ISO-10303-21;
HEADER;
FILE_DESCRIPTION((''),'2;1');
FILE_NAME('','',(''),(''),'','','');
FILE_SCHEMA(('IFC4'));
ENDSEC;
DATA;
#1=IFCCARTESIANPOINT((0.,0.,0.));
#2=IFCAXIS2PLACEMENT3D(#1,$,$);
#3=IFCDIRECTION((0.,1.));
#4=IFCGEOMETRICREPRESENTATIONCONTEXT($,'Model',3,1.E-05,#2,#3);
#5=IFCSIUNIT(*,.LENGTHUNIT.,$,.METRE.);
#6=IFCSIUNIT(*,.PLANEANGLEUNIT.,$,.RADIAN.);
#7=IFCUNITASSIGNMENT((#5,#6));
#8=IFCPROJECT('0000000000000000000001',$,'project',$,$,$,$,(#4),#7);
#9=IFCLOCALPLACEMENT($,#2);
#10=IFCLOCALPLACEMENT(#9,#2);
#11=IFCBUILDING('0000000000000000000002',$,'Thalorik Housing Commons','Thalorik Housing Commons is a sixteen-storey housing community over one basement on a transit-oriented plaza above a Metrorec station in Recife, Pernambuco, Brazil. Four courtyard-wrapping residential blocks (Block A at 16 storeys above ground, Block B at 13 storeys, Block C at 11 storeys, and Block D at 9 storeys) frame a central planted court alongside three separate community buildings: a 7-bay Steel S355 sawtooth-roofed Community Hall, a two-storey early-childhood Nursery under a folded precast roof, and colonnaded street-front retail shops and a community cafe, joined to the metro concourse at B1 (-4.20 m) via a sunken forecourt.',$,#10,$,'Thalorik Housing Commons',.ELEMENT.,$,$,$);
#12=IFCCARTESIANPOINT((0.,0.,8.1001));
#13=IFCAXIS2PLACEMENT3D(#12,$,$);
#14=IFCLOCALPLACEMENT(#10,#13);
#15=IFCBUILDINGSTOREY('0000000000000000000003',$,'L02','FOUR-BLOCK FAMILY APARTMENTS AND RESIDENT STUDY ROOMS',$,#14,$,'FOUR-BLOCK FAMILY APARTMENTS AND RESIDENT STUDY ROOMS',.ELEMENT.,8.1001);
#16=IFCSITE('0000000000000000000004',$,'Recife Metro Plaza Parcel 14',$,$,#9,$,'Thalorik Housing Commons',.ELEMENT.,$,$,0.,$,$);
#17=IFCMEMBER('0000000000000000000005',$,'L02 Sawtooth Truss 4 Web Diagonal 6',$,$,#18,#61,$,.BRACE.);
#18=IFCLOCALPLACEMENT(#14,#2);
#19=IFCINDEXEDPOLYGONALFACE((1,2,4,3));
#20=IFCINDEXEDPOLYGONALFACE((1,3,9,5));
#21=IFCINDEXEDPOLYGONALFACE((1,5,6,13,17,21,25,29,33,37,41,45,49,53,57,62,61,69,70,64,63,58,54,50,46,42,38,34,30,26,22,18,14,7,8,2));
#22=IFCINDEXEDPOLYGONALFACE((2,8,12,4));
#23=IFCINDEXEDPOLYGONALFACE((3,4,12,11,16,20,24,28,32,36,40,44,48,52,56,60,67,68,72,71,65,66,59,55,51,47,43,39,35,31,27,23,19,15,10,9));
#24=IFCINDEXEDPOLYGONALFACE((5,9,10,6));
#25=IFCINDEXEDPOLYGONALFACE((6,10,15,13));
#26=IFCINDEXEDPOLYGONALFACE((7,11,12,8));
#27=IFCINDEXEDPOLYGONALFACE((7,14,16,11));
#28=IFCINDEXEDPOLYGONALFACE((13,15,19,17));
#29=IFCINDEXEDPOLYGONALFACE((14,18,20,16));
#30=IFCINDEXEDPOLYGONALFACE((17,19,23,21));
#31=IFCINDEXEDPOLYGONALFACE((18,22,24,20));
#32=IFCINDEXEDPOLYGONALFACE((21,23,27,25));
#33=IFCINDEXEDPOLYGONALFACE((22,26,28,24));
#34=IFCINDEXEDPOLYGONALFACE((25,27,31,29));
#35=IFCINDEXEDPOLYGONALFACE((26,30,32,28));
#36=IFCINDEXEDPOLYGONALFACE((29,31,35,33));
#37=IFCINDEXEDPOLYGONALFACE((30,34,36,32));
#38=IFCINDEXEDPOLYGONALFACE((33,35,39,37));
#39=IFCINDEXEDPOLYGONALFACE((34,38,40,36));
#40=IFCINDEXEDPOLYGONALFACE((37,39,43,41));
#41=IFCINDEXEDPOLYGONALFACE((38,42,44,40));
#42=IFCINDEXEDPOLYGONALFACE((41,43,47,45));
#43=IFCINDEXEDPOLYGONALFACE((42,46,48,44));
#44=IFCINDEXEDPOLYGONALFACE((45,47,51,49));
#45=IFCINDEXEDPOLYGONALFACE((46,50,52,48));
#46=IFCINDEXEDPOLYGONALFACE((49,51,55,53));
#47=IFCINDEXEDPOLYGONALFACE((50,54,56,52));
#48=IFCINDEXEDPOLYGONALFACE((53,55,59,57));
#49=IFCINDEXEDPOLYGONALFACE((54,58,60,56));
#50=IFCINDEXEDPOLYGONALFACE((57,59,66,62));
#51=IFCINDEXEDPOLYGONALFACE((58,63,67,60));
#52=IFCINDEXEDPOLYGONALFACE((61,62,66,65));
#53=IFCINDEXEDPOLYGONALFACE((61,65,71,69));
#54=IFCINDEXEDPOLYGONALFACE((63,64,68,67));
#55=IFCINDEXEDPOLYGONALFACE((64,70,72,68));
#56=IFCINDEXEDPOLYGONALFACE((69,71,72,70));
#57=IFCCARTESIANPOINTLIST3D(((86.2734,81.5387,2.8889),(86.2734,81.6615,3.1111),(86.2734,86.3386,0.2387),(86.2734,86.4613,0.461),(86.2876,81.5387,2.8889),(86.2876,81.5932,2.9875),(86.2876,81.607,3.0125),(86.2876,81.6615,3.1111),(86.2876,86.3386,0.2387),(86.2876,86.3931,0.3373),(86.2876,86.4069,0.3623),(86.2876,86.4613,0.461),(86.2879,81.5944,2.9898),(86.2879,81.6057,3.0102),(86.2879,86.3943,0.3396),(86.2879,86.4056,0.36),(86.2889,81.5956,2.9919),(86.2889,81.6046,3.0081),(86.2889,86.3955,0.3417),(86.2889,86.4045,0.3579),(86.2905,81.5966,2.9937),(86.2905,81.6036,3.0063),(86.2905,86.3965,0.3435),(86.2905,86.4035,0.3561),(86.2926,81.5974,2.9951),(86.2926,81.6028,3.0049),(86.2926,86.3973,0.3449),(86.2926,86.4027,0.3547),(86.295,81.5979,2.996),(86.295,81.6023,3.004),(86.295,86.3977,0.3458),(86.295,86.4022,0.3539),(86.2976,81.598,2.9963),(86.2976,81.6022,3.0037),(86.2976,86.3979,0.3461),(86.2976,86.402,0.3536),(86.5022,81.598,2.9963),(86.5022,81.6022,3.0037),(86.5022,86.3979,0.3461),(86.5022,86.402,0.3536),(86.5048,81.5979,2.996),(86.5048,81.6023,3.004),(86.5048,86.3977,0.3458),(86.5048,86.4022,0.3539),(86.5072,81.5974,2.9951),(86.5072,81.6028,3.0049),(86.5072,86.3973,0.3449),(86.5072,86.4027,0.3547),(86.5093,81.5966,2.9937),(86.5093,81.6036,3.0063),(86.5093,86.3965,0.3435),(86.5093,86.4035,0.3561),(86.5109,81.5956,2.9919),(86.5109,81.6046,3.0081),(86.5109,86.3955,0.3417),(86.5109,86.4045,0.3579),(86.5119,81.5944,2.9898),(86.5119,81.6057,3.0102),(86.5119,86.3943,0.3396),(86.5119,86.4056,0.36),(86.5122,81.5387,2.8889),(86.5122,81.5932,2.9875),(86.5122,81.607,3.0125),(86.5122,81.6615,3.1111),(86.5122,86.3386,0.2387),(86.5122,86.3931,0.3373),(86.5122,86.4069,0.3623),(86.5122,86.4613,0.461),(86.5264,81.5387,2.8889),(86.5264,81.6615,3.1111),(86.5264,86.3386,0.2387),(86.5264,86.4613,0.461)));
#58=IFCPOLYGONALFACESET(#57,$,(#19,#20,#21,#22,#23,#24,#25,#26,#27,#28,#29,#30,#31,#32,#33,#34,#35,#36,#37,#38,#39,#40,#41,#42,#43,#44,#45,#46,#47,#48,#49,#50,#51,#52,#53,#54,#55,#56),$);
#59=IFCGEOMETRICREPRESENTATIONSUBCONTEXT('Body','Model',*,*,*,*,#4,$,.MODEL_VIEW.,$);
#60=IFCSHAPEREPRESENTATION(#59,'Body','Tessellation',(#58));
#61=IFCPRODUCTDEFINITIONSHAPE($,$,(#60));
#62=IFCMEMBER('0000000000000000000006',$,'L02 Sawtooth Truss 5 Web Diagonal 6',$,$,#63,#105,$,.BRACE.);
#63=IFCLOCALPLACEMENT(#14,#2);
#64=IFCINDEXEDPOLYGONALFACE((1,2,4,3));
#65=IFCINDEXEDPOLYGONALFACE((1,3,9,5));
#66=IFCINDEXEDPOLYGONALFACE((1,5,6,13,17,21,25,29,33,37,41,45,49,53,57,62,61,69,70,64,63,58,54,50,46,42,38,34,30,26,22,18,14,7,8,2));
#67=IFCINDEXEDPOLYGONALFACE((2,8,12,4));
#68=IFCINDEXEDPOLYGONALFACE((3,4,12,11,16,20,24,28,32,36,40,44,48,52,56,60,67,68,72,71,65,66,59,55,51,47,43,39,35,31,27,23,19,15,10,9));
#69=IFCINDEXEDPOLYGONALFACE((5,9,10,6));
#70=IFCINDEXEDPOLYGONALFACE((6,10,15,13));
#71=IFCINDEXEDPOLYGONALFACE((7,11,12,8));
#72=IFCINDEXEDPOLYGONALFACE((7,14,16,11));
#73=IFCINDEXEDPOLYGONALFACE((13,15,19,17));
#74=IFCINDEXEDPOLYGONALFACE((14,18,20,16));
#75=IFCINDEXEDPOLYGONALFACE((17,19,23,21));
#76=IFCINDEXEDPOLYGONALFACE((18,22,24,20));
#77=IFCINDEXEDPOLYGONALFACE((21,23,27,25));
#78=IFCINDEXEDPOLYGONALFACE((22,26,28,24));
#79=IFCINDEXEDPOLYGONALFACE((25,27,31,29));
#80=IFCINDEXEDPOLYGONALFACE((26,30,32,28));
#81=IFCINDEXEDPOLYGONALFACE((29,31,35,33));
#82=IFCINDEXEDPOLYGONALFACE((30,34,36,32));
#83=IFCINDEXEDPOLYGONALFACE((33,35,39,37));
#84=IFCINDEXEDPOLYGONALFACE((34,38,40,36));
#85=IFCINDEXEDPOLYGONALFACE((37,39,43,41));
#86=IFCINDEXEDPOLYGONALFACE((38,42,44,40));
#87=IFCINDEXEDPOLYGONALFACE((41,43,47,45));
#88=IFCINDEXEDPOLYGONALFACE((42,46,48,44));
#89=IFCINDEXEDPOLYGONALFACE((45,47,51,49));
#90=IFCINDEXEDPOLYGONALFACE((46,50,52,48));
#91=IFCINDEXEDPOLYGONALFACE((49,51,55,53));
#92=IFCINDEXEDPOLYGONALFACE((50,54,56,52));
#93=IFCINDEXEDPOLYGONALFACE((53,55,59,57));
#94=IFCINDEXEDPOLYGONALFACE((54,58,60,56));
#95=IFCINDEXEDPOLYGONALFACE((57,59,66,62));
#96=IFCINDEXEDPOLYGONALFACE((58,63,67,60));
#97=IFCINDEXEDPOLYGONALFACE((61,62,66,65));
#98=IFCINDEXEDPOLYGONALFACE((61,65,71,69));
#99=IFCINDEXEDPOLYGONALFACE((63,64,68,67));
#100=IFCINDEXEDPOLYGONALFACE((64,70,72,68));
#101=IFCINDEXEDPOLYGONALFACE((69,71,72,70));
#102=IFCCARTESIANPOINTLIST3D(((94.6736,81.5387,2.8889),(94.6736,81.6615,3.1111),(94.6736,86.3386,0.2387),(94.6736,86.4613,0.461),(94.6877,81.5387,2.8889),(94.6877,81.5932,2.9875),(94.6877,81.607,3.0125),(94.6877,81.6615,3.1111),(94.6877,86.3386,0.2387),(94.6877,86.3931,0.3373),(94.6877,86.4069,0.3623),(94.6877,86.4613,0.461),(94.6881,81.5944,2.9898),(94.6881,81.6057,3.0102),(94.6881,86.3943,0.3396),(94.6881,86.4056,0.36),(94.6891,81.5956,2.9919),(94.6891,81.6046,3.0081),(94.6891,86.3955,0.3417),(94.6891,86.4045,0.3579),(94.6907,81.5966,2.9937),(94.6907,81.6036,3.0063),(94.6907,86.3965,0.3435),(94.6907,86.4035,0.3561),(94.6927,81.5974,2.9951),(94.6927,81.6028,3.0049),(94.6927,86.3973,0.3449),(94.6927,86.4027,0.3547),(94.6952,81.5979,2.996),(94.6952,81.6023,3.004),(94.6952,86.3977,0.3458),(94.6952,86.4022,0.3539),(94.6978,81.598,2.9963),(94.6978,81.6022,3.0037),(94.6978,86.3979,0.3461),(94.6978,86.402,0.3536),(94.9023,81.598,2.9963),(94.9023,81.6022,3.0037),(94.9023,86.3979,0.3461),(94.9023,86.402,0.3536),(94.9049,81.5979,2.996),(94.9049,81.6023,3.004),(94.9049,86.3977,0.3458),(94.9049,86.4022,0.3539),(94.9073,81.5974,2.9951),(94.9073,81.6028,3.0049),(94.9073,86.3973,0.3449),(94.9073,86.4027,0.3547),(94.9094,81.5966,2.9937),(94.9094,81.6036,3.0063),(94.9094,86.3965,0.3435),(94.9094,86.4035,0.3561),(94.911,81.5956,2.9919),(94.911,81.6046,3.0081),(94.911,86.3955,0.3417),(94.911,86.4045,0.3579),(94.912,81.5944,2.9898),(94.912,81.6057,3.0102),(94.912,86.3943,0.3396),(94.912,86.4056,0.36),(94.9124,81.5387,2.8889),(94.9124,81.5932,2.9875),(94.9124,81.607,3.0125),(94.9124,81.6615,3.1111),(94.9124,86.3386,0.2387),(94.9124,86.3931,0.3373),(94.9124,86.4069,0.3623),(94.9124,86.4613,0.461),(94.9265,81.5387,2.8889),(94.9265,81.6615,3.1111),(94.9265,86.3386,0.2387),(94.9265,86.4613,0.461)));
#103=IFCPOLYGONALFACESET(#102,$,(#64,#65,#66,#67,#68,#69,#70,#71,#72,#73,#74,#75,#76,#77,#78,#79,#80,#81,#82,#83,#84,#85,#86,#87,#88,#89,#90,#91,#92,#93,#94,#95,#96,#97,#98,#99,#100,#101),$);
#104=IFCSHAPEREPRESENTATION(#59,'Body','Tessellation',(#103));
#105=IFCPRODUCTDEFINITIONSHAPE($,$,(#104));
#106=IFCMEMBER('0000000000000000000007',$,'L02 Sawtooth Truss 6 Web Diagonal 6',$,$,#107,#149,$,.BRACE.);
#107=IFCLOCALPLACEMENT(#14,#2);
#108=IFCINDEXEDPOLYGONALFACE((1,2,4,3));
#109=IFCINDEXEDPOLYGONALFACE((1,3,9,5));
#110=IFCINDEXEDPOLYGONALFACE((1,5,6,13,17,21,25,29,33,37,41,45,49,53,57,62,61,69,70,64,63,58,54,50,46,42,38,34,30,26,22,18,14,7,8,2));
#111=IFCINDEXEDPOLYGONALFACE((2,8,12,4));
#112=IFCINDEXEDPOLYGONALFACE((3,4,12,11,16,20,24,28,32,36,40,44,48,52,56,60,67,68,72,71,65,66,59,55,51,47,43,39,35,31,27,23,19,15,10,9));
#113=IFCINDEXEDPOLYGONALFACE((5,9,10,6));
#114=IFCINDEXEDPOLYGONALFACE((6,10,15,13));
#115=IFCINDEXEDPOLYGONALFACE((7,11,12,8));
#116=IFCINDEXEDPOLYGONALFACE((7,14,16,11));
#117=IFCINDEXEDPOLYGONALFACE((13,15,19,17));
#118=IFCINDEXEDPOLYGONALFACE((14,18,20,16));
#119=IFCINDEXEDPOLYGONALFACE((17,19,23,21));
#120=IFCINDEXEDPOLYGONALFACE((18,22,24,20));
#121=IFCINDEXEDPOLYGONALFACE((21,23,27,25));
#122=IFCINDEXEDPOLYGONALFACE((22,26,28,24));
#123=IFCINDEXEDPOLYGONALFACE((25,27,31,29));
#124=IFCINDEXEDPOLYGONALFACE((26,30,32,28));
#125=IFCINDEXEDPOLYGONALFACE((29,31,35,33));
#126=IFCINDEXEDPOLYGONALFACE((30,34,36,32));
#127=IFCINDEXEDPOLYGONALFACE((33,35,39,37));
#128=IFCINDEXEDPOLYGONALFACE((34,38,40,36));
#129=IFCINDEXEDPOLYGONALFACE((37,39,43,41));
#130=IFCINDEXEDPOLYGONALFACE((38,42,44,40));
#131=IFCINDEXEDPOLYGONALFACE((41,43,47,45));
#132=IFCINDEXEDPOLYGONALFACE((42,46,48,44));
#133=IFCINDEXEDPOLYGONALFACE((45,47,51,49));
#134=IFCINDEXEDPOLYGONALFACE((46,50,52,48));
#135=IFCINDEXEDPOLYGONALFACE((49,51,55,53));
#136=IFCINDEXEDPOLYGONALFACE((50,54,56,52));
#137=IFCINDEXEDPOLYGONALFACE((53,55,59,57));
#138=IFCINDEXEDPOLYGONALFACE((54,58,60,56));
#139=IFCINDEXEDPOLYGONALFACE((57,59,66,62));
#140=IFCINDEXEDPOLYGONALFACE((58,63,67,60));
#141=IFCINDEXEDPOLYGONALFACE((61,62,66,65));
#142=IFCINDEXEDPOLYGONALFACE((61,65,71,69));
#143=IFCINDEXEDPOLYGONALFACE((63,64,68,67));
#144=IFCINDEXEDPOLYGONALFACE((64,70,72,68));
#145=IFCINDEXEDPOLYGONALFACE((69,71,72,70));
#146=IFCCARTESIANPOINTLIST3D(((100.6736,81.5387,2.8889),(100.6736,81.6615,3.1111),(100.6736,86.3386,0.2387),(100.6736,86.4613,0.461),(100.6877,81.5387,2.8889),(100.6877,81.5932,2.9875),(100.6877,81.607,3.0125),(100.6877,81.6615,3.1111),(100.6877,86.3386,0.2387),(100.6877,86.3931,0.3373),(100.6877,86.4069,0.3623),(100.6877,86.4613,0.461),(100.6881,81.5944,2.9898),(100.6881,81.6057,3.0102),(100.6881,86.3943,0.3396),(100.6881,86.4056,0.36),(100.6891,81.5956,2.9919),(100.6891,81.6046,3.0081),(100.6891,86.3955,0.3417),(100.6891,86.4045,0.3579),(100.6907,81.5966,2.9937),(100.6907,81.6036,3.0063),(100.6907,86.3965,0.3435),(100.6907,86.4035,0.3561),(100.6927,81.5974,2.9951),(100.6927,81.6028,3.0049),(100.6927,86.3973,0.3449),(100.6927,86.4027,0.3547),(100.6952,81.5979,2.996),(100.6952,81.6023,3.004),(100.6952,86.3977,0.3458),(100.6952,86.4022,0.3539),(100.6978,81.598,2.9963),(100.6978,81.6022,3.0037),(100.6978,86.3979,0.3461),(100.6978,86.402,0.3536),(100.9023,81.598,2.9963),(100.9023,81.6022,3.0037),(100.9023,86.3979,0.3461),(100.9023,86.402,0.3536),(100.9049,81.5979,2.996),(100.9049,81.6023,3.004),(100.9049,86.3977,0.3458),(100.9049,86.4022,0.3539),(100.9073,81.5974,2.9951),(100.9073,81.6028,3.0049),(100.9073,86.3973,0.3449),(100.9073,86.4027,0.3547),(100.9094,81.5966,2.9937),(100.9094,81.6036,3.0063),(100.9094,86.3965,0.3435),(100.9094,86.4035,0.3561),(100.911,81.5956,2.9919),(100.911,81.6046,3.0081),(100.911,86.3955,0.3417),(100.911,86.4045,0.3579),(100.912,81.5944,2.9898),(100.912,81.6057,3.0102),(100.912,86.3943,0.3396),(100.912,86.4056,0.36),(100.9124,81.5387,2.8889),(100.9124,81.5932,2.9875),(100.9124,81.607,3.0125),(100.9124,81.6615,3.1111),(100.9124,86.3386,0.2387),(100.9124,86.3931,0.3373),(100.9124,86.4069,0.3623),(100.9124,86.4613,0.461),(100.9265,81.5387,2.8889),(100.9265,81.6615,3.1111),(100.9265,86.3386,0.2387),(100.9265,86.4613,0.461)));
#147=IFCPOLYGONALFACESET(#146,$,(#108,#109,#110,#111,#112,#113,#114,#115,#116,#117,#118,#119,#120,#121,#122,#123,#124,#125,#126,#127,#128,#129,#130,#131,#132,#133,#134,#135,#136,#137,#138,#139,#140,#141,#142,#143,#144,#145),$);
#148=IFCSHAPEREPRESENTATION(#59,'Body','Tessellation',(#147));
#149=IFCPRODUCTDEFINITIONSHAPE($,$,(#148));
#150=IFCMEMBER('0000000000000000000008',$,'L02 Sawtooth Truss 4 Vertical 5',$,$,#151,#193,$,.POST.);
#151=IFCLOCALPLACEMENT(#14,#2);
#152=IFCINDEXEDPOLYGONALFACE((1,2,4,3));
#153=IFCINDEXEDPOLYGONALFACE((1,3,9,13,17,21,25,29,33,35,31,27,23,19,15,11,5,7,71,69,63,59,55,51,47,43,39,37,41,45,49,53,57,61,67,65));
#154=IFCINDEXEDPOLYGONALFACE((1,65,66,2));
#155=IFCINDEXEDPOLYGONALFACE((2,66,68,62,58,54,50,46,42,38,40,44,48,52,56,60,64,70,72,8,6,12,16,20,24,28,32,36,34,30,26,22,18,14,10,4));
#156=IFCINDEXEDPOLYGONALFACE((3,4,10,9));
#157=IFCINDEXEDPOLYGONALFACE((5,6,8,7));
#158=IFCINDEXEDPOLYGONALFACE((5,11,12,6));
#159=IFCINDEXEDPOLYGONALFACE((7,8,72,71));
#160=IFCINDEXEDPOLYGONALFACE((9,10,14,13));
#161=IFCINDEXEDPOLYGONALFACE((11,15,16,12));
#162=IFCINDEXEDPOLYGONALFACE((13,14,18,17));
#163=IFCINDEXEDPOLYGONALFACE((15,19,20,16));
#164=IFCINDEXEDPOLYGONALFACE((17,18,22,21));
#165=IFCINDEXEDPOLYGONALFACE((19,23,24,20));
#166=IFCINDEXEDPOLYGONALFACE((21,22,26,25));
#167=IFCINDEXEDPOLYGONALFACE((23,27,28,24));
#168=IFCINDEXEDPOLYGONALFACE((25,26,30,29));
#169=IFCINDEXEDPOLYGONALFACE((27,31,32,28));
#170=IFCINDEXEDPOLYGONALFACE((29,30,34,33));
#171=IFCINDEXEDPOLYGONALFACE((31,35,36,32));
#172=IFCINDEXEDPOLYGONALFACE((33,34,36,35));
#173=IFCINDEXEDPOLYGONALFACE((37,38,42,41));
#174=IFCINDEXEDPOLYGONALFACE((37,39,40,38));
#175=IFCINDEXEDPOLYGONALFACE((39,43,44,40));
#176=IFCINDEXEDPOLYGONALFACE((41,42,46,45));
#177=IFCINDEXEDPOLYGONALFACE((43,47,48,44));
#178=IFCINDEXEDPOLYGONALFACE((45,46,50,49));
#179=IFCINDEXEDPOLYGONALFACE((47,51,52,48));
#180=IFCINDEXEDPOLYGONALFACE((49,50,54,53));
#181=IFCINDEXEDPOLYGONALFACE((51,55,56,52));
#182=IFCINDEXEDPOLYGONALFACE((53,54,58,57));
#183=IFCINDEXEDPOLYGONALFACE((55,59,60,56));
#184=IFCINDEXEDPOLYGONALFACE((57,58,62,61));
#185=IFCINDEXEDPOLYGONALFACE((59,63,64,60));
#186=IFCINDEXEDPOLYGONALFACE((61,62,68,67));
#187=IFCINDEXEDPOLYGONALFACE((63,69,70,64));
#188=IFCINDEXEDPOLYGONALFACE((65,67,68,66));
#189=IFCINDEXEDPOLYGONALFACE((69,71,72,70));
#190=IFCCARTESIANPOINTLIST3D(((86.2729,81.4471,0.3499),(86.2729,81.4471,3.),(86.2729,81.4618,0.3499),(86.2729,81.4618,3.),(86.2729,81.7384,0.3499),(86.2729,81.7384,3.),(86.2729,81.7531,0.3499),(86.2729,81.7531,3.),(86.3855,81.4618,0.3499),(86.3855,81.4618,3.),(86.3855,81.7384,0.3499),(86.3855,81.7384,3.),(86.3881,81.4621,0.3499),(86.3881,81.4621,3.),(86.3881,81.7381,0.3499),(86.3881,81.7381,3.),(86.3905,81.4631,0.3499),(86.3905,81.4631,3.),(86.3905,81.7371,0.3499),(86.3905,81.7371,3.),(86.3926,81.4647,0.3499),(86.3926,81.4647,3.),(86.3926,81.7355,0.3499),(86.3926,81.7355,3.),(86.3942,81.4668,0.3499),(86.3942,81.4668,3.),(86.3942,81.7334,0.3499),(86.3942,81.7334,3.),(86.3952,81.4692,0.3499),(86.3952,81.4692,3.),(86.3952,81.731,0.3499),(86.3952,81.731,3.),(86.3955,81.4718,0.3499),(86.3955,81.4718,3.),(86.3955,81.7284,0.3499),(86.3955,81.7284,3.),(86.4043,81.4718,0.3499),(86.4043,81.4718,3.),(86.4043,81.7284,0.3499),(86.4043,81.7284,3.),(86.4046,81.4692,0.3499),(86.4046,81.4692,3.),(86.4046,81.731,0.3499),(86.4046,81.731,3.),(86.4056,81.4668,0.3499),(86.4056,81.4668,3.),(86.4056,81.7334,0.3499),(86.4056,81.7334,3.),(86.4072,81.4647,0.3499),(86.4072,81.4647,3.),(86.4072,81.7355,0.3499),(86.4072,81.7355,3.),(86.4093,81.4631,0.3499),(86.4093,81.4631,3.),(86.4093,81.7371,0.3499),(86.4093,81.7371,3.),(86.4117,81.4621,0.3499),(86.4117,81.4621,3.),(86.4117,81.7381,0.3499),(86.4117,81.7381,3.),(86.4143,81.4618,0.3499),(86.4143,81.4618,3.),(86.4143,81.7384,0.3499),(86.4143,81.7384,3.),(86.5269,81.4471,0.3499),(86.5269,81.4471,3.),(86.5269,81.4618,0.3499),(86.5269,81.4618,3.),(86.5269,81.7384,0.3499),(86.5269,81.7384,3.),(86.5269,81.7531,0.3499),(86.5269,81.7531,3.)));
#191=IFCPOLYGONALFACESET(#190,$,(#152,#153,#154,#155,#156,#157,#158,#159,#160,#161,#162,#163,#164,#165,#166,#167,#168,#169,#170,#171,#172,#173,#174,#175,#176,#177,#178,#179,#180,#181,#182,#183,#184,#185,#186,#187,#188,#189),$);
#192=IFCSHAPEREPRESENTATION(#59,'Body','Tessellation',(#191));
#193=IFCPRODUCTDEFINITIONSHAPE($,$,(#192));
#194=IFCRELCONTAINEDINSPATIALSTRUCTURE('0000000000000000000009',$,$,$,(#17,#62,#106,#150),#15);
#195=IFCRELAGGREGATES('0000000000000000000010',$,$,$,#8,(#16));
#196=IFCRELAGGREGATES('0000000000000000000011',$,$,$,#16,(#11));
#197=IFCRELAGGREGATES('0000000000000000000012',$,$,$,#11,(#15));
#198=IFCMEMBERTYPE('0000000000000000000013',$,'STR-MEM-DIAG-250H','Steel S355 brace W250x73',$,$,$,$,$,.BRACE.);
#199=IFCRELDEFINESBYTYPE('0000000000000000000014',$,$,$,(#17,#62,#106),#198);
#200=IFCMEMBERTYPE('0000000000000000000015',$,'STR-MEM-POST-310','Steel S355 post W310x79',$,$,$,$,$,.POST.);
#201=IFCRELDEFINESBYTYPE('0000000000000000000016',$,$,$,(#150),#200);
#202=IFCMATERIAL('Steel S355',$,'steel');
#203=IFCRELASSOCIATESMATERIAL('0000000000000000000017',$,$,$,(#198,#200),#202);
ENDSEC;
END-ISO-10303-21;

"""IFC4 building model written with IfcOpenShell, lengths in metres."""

from ifc_helpers import new_model, si_unit, direction, frame, origin, origin_2d, place, context, subcontext, project, spatial, i_section, extrude, material, material_profile, profile_set, type_object, element, save


model = new_model("IFC4")

# Units and contexts
model_context = context("Model", 3, precision=1e-05, world=origin(), true_north=direction((0.0, 1.0)))
body_context = subcontext(model_context, "Body", "Model", "MODEL_VIEW")
ifc_project = project(units=[si_unit("LENGTHUNIT", "METRE"), si_unit("PLANEANGLEUNIT", "RADIAN")], contexts=[model_context])

# Site, building, storey
site_placement = place(None, origin())
site = spatial("IfcSite", under=ifc_project, at=site_placement, Name="Recife Metro Plaza Parcel 14", LongName="Thalorik Housing Commons", CompositionType="ELEMENT", RefElevation=0.0)
building_placement = place(site_placement, origin())
building = spatial("IfcBuilding", under=site, at=building_placement, Name="Thalorik Housing Commons", Description="Thalorik Housing Commons is a sixteen-storey housing community over one basement on a transit-oriented plaza above a Metrorec station in Recife, Pernambuco, Brazil. Four courtyard-wrapping residential blocks (Block A at 16 storeys above ground, Block B at 13 storeys, Block C at 11 storeys, and Block D at 9 storeys) frame a central planted court alongside three separate community buildings: a 7-bay Steel S355 sawtooth-roofed Community Hall, a two-storey early-childhood Nursery under a folded precast roof, and colonnaded street-front retail shops and a community cafe, joined to the metro concourse at B1 (-4.20 m) via a sunken forecourt.", LongName="Thalorik Housing Commons", CompositionType="ELEMENT")
storey_placement = place(building_placement, frame((0.0, 0.0, 8.1001)))
storey = spatial("IfcBuildingStorey", under=building, at=storey_placement, Name="L02", Description="FOUR-BLOCK FAMILY APARTMENTS AND RESIDENT STUDY ROOMS", LongName="FOUR-BLOCK FAMILY APARTMENTS AND RESIDENT STUDY ROOMS", CompositionType="ELEMENT", Elevation=8.1001)

# Shared definitions
ifc_material_1 = material(Name="Steel S355", Category="steel")

# Members
ifc_material_profile_1 = material_profile(ifc_material_1, i_section(OverallWidth=0.2539, OverallDepth=0.2529, WebThickness=0.0085, FlangeThickness=0.0142, FilletRadius=0.01, at=origin_2d()), Name="W250x73", Category="steel")
ifc_profile_set_1 = profile_set([ifc_material_profile_1], Name="Steel S355")
member_type_1 = type_object("IfcMemberType", Name="STR-MEM-DIAG-250H", Description="Steel S355 brace W250x73", PredefinedType="BRACE", material=ifc_profile_set_1)
for number, where, z_axis, x_axis, name in (
    (1, (86.3999, 81.6001, 3.0), (0.0, 0.875425, -0.483354), (0.0, 0.483354, 0.875425), "L02 Sawtooth Truss 4 Web Diagonal 6"),
    (2, (94.8, 81.6001, 3.0), (0.0, 0.875425, -0.483354), (0.0, 0.483354, 0.875425), "L02 Sawtooth Truss 5 Web Diagonal 6"),
    (3, (100.8, 81.6001, 3.0), (0.0, 0.875425, -0.483354), (0.0, 0.483354, 0.875425), "L02 Sawtooth Truss 6 Web Diagonal 6"),
):
    element("IfcMember", number, at=place(storey_placement, frame(where, z_axis=z_axis, x_axis=x_axis)), inside=storey, type_object=member_type_1, Name=name, PredefinedType="BRACE", context=body_context, shape_type="SweptSolid", body=[
        extrude(i_section(OverallWidth=0.2539, OverallDepth=0.2529, WebThickness=0.0085, FlangeThickness=0.0142, FilletRadius=0.01, at=origin_2d()), origin(), (0.0, 0.0, 1.0), 5.4829),
    ])
ifc_material_profile_2 = material_profile(ifc_material_1, i_section(OverallWidth=0.2539, OverallDepth=0.3059, WebThickness=0.0088, FlangeThickness=0.0146, FilletRadius=0.01, at=origin_2d()), Name="W310x79", Category="steel")
ifc_profile_set_2 = profile_set([ifc_material_profile_2], Name="Steel S355")
member_type_2 = type_object("IfcMemberType", Name="STR-MEM-POST-310", Description="Steel S355 post W310x79", PredefinedType="POST", material=ifc_profile_set_2)
for number, where, z_axis, x_axis, name in (
    (4, (86.3999, 81.6001, 0.3499), (0.0, 0.0, 1.0), (1.0, 0.0, 0.0), "L02 Sawtooth Truss 4 Vertical 5"),
):
    element("IfcMember", number, at=place(storey_placement, frame(where, z_axis=z_axis, x_axis=x_axis)), inside=storey, type_object=member_type_2, Name=name, PredefinedType="POST", context=body_context, shape_type="SweptSolid", body=[
        extrude(i_section(OverallWidth=0.2539, OverallDepth=0.3059, WebThickness=0.0088, FlangeThickness=0.0146, FilletRadius=0.01, at=origin_2d()), origin(), (0.0, 0.0, 1.0), 2.6501),
    ])

save(model, "model.ifc")
